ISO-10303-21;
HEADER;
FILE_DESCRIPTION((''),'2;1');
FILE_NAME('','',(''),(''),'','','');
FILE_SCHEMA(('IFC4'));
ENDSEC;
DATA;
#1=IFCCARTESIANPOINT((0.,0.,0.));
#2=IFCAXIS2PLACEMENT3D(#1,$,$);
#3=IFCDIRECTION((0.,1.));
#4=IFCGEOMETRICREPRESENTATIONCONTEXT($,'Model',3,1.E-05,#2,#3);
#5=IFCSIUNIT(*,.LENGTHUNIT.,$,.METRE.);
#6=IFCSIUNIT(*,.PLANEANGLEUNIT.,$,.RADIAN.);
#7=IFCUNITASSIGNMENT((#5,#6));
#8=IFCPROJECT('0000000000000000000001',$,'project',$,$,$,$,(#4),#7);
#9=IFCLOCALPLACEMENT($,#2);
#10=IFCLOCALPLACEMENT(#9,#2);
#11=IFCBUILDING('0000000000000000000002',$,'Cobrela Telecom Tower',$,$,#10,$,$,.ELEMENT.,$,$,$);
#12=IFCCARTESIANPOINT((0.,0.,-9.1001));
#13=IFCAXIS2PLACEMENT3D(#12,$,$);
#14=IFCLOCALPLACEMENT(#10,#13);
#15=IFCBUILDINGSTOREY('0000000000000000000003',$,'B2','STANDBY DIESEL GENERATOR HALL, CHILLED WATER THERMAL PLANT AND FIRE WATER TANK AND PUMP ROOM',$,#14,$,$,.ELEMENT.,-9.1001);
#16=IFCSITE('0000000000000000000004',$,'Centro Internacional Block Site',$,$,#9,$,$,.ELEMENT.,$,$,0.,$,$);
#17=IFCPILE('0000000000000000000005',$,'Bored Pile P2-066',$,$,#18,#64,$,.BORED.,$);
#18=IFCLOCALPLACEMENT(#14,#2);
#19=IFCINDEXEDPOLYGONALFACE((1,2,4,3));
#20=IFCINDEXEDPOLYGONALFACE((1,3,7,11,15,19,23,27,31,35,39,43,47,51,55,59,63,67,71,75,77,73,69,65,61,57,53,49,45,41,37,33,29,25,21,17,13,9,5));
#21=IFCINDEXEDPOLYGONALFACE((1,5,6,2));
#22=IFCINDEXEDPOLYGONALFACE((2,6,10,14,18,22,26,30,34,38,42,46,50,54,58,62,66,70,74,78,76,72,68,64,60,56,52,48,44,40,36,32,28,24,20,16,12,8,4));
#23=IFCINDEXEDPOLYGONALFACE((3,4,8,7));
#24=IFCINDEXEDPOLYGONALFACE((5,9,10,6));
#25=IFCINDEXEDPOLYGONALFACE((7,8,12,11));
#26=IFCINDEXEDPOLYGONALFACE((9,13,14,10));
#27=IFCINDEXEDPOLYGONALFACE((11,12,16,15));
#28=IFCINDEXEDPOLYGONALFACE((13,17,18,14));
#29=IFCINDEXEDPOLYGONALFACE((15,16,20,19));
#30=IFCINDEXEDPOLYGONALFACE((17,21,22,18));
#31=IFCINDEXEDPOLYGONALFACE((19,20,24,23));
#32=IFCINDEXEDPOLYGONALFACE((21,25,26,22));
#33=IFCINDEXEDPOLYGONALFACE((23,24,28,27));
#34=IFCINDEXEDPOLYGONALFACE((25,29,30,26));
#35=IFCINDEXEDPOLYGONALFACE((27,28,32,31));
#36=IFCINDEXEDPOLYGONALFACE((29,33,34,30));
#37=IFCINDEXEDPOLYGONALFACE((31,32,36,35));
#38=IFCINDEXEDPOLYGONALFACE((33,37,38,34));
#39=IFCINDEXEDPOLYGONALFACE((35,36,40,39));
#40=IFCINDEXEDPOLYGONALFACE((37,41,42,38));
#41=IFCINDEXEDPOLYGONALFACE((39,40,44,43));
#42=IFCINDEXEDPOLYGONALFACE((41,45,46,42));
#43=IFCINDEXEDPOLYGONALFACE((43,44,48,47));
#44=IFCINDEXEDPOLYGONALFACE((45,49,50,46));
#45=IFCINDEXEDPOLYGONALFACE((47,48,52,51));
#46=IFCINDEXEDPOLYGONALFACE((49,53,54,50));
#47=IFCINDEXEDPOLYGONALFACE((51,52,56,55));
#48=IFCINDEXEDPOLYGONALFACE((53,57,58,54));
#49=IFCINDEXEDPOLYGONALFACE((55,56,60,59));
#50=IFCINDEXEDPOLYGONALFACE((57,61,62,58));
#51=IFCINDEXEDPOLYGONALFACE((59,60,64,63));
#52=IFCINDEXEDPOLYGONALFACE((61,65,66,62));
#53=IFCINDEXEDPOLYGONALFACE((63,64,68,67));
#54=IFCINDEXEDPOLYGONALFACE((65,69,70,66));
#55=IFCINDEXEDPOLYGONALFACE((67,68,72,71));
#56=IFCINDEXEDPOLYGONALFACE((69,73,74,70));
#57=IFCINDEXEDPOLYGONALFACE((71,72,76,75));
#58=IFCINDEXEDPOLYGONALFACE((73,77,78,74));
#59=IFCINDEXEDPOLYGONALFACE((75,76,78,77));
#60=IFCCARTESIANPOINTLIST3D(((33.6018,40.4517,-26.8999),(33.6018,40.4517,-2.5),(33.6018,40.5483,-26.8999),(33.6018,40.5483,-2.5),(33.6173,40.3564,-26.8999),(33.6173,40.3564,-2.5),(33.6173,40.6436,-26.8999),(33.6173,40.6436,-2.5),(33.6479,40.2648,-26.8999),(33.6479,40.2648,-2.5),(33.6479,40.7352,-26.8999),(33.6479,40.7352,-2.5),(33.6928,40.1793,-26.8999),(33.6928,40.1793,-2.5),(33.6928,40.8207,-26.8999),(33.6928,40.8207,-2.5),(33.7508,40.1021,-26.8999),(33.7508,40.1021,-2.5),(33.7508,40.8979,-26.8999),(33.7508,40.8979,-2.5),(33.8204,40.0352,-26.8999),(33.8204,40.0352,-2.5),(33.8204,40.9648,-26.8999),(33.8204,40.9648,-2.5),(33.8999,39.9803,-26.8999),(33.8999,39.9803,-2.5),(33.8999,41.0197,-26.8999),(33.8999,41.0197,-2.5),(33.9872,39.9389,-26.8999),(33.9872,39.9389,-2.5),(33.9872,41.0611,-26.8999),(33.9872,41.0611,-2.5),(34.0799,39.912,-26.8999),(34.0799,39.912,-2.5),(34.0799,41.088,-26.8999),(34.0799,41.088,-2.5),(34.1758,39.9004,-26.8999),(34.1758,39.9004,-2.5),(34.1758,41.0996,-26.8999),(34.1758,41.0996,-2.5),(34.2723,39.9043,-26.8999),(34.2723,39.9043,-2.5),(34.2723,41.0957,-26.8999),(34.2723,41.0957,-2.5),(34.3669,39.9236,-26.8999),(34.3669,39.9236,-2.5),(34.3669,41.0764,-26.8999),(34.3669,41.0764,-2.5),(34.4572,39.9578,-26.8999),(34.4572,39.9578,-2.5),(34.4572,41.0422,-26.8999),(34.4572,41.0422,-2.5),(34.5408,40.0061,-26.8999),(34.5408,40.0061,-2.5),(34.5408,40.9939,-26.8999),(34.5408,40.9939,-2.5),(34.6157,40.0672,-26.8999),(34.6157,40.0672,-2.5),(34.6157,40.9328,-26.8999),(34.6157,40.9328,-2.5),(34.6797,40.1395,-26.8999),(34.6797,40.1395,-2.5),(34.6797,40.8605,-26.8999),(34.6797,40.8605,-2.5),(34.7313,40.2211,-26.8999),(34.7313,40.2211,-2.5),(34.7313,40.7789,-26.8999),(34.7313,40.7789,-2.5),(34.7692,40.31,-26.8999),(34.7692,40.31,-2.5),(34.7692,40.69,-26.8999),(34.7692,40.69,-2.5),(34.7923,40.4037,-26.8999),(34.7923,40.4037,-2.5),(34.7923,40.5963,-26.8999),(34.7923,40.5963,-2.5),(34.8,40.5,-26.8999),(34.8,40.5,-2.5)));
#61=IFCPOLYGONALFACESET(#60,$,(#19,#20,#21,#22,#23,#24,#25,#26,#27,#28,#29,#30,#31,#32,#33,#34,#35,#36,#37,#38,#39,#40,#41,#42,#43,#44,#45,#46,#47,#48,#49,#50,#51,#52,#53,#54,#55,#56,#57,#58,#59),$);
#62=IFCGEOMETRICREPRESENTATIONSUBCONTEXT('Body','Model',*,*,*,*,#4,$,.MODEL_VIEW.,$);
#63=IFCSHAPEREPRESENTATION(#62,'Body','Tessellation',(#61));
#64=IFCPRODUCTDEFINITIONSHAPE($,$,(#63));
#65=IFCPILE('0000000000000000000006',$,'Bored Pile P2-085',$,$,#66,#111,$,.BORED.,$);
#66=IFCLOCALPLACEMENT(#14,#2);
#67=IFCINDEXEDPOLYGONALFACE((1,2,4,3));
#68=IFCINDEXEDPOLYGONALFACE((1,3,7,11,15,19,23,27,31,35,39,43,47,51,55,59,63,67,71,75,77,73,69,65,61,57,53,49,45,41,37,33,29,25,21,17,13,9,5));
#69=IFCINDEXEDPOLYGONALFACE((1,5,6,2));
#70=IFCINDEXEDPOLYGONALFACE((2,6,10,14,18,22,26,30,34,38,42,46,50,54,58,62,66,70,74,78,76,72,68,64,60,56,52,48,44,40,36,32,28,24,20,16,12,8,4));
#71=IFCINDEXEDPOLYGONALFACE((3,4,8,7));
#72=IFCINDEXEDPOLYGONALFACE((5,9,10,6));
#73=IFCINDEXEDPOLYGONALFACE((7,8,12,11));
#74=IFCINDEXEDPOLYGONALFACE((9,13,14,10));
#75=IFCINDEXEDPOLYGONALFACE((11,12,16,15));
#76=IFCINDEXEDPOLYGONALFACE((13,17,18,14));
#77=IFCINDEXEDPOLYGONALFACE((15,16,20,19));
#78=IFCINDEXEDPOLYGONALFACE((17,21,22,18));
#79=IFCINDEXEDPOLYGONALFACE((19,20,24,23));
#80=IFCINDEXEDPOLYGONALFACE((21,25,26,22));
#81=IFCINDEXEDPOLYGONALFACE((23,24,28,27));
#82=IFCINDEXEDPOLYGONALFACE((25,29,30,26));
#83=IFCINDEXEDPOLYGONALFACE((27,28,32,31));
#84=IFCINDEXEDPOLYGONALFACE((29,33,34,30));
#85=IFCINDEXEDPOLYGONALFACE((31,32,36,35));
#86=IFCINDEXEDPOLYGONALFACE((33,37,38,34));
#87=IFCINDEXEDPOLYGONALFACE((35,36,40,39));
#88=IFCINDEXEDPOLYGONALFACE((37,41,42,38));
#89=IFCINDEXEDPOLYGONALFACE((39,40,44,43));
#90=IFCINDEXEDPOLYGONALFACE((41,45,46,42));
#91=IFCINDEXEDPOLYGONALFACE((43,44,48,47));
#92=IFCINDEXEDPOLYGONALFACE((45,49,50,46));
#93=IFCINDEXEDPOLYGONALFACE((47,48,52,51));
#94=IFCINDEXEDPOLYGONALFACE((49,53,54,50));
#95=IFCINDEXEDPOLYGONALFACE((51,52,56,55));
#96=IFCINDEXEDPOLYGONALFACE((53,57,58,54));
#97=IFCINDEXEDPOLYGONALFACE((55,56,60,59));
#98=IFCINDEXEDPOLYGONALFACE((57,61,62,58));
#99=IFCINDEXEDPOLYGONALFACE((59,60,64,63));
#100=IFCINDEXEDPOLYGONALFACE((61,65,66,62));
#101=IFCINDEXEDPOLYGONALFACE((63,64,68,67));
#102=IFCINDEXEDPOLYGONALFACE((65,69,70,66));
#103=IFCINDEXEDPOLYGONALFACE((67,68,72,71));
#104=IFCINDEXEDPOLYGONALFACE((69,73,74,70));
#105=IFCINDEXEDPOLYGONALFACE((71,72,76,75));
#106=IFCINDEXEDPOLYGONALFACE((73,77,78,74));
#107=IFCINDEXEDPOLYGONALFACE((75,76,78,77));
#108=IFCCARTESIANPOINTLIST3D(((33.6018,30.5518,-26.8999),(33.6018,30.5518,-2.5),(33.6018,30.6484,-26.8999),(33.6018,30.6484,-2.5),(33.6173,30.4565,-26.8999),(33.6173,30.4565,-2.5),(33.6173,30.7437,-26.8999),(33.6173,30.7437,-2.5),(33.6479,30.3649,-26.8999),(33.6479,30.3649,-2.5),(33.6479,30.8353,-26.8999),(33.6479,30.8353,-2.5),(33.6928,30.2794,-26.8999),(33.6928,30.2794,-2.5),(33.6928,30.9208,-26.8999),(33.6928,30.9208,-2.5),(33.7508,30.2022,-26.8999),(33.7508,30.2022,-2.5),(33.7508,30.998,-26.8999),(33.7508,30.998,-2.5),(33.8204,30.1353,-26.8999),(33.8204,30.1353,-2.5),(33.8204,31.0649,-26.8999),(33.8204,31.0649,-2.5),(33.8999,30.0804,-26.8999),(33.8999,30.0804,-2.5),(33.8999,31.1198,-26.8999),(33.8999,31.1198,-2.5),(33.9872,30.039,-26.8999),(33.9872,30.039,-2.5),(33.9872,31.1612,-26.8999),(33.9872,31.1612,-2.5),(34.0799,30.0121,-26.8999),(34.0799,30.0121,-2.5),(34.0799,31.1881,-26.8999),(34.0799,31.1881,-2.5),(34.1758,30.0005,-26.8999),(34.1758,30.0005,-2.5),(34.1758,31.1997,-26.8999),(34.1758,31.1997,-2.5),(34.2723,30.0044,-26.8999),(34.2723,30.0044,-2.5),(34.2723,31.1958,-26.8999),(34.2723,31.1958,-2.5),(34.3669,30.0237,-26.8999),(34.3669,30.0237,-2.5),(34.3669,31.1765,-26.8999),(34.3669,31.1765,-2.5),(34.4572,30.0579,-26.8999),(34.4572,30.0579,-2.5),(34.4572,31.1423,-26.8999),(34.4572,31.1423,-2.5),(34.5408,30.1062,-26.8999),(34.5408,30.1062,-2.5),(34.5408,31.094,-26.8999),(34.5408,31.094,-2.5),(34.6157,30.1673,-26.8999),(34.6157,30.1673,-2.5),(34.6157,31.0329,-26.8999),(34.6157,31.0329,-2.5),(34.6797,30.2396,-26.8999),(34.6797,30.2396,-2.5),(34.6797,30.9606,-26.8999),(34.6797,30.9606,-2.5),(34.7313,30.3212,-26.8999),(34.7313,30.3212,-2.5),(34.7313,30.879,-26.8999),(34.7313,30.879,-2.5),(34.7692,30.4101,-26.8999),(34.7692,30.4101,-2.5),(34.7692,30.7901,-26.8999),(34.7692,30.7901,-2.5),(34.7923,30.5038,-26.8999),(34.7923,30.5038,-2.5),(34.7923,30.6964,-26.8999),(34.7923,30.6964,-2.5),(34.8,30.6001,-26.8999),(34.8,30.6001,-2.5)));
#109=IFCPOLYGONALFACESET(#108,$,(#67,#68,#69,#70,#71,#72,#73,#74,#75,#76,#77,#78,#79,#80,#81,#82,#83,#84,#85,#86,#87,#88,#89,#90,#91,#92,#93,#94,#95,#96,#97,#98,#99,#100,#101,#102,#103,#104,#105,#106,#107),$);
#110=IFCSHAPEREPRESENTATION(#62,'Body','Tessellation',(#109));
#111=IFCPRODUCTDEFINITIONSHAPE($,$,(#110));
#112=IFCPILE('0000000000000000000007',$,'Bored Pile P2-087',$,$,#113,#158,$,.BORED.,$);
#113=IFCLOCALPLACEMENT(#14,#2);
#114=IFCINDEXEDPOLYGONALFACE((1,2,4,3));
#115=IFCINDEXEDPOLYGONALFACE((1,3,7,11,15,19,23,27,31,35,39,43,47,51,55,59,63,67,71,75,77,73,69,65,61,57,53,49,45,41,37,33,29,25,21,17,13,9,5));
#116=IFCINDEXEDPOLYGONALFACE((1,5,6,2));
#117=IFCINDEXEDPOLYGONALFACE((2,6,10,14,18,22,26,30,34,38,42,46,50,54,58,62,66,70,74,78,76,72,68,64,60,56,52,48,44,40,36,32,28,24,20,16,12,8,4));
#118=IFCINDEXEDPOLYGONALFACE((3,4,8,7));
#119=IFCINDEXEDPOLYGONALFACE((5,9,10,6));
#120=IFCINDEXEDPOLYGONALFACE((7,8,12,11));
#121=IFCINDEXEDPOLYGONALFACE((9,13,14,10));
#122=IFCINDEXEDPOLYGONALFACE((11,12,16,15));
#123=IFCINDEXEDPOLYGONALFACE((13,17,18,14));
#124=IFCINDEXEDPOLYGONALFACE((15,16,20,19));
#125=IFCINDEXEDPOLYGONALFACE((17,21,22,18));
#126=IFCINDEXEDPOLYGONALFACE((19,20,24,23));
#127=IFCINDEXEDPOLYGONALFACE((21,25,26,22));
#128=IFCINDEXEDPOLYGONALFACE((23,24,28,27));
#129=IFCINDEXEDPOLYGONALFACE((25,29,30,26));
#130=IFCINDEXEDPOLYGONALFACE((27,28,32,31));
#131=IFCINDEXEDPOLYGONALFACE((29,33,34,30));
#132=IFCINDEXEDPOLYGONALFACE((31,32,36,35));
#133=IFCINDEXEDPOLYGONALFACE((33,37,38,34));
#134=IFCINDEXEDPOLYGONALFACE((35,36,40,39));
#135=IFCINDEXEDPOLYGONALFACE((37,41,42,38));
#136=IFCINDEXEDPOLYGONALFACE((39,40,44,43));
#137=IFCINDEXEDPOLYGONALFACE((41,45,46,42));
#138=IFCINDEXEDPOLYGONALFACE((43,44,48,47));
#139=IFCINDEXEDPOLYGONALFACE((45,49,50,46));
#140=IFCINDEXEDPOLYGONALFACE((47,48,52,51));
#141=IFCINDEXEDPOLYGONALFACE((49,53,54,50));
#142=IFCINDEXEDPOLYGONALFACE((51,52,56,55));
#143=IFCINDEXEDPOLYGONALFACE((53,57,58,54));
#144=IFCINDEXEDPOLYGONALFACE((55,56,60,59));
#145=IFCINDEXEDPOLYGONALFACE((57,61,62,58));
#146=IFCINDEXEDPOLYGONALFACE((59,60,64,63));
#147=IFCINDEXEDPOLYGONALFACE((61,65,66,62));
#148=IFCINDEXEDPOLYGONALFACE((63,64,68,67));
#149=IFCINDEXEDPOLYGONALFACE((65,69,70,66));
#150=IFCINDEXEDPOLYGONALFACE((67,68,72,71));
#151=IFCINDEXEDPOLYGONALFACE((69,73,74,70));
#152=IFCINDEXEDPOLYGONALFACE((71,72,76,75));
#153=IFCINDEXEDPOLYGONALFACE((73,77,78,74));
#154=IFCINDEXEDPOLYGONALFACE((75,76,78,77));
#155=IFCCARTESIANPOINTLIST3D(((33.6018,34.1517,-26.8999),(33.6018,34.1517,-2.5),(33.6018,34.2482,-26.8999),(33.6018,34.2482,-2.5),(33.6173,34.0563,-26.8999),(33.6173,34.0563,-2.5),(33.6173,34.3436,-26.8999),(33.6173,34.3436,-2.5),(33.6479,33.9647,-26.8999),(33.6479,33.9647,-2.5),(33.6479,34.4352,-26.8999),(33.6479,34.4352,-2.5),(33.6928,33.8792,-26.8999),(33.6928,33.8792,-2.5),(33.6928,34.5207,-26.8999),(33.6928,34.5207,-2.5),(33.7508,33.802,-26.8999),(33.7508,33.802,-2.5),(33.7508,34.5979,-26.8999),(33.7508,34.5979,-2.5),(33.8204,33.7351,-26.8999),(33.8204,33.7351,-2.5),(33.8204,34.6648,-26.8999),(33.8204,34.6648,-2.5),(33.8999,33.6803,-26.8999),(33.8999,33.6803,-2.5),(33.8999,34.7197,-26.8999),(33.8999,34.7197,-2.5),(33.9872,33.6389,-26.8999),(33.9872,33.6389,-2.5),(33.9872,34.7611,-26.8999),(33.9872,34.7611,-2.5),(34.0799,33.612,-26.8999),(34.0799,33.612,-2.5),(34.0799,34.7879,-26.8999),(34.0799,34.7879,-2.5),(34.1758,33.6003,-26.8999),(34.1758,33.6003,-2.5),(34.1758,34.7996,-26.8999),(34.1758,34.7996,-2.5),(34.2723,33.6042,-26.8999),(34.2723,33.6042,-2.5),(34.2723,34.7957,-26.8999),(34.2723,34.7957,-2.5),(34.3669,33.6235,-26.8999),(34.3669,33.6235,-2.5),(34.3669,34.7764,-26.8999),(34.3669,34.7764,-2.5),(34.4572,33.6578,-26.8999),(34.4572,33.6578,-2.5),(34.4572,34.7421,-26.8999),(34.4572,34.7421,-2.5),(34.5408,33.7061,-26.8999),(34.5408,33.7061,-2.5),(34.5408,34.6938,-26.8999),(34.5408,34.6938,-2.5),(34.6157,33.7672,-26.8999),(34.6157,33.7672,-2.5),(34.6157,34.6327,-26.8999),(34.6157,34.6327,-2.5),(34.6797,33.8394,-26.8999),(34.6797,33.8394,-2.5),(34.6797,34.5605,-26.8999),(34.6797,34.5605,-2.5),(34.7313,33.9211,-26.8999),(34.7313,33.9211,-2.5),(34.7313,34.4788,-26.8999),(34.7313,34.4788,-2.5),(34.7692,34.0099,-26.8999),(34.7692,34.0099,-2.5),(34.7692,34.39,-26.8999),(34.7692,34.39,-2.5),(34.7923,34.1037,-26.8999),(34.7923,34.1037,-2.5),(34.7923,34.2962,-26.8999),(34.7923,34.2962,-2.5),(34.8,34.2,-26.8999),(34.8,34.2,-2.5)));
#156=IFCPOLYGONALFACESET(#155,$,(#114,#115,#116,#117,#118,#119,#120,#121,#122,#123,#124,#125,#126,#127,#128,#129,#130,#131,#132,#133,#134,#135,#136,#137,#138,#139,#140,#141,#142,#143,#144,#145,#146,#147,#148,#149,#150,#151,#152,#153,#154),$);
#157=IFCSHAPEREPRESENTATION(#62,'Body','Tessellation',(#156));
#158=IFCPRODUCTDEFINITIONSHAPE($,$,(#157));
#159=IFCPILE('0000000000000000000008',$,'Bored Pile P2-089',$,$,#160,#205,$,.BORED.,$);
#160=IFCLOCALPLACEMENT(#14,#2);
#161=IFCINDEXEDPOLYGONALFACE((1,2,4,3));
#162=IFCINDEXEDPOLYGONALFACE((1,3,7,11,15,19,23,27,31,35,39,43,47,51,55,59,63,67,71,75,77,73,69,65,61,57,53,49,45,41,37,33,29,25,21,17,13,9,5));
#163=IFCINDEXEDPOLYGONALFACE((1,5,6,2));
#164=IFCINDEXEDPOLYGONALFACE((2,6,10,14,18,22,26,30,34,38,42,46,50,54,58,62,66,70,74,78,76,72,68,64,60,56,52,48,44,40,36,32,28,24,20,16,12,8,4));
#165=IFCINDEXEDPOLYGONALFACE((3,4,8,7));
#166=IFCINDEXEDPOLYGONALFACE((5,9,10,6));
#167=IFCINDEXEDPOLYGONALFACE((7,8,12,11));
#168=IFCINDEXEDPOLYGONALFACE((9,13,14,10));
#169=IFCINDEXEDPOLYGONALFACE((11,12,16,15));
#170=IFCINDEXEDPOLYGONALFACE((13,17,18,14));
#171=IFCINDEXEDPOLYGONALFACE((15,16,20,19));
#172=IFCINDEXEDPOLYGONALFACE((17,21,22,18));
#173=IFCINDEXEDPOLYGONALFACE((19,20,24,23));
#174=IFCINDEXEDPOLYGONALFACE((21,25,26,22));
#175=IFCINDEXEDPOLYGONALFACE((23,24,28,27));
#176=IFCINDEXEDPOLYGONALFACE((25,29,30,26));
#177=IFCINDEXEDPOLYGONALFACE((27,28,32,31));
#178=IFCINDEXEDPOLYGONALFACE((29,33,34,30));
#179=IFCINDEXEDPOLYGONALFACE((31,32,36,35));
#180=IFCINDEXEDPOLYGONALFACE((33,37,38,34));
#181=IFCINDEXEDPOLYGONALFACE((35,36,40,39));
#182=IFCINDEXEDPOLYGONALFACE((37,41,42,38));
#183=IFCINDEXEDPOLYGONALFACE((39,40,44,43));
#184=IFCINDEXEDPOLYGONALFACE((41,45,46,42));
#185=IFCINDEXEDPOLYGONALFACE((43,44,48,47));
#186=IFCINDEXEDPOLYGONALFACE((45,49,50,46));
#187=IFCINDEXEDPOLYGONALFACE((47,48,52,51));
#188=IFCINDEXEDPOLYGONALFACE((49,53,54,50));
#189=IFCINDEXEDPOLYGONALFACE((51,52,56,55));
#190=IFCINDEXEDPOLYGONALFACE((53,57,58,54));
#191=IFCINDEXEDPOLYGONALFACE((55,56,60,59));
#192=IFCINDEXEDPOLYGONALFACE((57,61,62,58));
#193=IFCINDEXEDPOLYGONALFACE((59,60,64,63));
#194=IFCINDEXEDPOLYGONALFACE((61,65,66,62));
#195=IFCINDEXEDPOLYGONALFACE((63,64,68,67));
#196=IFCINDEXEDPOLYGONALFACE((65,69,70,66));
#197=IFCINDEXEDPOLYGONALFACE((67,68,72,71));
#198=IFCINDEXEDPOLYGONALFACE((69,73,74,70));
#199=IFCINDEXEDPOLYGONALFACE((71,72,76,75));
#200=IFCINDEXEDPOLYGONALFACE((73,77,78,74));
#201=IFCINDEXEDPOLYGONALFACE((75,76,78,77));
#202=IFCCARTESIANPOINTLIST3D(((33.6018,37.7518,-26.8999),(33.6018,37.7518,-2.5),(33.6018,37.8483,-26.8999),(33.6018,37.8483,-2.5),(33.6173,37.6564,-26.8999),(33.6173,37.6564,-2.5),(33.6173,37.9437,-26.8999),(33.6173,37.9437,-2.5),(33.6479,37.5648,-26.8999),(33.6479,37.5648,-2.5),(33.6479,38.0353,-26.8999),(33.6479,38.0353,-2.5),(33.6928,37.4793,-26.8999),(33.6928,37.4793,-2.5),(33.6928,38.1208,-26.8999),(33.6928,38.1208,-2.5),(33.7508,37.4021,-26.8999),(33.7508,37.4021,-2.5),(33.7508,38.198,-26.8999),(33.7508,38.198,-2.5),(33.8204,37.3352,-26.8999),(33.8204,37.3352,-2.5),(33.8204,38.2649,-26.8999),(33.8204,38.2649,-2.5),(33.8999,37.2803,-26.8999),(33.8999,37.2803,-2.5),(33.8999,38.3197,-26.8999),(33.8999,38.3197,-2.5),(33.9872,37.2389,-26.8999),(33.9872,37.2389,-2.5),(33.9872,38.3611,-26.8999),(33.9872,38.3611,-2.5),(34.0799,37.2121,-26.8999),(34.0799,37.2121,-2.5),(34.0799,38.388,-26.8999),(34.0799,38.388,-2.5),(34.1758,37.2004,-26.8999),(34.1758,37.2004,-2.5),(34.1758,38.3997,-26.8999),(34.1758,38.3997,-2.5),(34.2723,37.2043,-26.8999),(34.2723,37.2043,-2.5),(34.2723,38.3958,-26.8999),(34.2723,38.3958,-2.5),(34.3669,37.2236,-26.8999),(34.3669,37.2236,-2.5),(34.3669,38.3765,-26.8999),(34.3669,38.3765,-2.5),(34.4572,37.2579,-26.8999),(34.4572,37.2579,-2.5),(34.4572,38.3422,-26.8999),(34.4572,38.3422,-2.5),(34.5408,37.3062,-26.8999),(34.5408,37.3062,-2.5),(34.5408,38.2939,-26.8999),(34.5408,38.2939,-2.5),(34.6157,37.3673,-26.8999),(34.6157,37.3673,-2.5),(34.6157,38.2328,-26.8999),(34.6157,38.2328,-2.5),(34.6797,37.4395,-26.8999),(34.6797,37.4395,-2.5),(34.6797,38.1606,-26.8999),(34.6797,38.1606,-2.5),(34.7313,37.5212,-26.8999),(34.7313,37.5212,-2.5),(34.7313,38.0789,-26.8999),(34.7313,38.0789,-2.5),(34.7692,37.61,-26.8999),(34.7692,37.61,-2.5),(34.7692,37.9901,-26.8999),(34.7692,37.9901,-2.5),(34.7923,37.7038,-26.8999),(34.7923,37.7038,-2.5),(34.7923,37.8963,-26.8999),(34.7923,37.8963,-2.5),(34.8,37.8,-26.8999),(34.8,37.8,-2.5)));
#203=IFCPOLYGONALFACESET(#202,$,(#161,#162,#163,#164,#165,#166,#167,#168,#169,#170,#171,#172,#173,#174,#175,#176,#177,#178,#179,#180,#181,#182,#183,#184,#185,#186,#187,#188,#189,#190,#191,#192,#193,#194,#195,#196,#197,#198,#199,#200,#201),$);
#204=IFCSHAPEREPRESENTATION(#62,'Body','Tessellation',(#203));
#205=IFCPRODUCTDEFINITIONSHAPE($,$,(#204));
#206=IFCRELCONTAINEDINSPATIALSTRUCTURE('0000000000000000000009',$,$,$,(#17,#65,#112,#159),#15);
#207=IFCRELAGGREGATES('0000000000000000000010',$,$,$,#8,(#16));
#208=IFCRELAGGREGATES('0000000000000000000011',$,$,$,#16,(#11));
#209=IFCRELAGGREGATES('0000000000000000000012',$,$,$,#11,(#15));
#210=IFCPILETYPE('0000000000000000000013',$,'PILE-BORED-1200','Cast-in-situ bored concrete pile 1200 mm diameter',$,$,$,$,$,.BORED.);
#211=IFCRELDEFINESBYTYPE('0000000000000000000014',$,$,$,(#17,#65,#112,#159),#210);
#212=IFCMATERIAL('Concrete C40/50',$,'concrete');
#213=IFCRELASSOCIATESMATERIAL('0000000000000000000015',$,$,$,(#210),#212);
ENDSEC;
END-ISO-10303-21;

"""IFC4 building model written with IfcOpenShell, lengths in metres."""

from ifc_helpers import new_model, si_unit, direction, frame, origin, origin_2d, place, context, subcontext, project, spatial, circle, extrude, material, material_profile, profile_set, type_object, element, save


model = new_model("IFC4")

# Units and contexts
model_context = context("Model", 3, precision=1e-05, world=origin(), true_north=direction((0.0, 1.0)))
body_context = subcontext(model_context, "Body", "Model", "MODEL_VIEW")
ifc_project = project(units=[si_unit("LENGTHUNIT", "METRE"), si_unit("PLANEANGLEUNIT", "RADIAN")], contexts=[model_context])

# Site, building, storey
site_placement = place(None, origin())
site = spatial("IfcSite", under=ifc_project, at=site_placement, Name="Centro Internacional Block Site", CompositionType="ELEMENT", RefElevation=0.0)
building_placement = place(site_placement, origin())
building = spatial("IfcBuilding", under=site, at=building_placement, Name="Cobrela Telecom Tower", CompositionType="ELEMENT")
storey_placement = place(building_placement, frame((0.0, 0.0, -9.1001)))
storey = spatial("IfcBuildingStorey", under=building, at=storey_placement, Name="B2", Description="STANDBY DIESEL GENERATOR HALL, CHILLED WATER THERMAL PLANT AND FIRE WATER TANK AND PUMP ROOM", CompositionType="ELEMENT", Elevation=-9.1001)

# Shared definitions
ifc_material_1 = material(Name="Concrete C40/50", Category="concrete")

# Piles
ifc_material_profile_1 = material_profile(ifc_material_1, circle(Radius=0.6001, at=origin_2d()), Name="BORED PILE D1200")
ifc_profile_set_1 = profile_set([ifc_material_profile_1], Name="Concrete C40/50")
pile_type = type_object("IfcPileType", Name="PILE-BORED-1200", Description="Cast-in-situ bored concrete pile 1200 mm diameter", PredefinedType="BORED", material=ifc_profile_set_1)
for number, where, z_axis, x_axis, name in (
    (1, (34.2, 40.5, -2.5), (0.0, 0.0, -1.0), (1.0, 0.0, 0.0), "Bored Pile P2-066"),
    (2, (34.2, 30.6001, -2.5), (0.0, 0.0, -1.0), (1.0, 0.0, 0.0), "Bored Pile P2-085"),
    (3, (34.2, 34.2, -2.5), (0.0, 0.0, -1.0), (1.0, 0.0, 0.0), "Bored Pile P2-087"),
    (4, (34.2, 37.8, -2.5), (0.0, 0.0, -1.0), (1.0, 0.0, 0.0), "Bored Pile P2-089"),
):
    element("IfcPile", number, at=place(storey_placement, frame(where, z_axis=z_axis, x_axis=x_axis)), inside=storey, type_object=pile_type, Name=name, PredefinedType="BORED", context=body_context, shape_type="SweptSolid", body=[
        extrude(circle(Radius=0.6001, at=origin_2d()), origin(), (0.0, 0.0, 1.0), 24.3999),
    ])

save(model, "model.ifc")
